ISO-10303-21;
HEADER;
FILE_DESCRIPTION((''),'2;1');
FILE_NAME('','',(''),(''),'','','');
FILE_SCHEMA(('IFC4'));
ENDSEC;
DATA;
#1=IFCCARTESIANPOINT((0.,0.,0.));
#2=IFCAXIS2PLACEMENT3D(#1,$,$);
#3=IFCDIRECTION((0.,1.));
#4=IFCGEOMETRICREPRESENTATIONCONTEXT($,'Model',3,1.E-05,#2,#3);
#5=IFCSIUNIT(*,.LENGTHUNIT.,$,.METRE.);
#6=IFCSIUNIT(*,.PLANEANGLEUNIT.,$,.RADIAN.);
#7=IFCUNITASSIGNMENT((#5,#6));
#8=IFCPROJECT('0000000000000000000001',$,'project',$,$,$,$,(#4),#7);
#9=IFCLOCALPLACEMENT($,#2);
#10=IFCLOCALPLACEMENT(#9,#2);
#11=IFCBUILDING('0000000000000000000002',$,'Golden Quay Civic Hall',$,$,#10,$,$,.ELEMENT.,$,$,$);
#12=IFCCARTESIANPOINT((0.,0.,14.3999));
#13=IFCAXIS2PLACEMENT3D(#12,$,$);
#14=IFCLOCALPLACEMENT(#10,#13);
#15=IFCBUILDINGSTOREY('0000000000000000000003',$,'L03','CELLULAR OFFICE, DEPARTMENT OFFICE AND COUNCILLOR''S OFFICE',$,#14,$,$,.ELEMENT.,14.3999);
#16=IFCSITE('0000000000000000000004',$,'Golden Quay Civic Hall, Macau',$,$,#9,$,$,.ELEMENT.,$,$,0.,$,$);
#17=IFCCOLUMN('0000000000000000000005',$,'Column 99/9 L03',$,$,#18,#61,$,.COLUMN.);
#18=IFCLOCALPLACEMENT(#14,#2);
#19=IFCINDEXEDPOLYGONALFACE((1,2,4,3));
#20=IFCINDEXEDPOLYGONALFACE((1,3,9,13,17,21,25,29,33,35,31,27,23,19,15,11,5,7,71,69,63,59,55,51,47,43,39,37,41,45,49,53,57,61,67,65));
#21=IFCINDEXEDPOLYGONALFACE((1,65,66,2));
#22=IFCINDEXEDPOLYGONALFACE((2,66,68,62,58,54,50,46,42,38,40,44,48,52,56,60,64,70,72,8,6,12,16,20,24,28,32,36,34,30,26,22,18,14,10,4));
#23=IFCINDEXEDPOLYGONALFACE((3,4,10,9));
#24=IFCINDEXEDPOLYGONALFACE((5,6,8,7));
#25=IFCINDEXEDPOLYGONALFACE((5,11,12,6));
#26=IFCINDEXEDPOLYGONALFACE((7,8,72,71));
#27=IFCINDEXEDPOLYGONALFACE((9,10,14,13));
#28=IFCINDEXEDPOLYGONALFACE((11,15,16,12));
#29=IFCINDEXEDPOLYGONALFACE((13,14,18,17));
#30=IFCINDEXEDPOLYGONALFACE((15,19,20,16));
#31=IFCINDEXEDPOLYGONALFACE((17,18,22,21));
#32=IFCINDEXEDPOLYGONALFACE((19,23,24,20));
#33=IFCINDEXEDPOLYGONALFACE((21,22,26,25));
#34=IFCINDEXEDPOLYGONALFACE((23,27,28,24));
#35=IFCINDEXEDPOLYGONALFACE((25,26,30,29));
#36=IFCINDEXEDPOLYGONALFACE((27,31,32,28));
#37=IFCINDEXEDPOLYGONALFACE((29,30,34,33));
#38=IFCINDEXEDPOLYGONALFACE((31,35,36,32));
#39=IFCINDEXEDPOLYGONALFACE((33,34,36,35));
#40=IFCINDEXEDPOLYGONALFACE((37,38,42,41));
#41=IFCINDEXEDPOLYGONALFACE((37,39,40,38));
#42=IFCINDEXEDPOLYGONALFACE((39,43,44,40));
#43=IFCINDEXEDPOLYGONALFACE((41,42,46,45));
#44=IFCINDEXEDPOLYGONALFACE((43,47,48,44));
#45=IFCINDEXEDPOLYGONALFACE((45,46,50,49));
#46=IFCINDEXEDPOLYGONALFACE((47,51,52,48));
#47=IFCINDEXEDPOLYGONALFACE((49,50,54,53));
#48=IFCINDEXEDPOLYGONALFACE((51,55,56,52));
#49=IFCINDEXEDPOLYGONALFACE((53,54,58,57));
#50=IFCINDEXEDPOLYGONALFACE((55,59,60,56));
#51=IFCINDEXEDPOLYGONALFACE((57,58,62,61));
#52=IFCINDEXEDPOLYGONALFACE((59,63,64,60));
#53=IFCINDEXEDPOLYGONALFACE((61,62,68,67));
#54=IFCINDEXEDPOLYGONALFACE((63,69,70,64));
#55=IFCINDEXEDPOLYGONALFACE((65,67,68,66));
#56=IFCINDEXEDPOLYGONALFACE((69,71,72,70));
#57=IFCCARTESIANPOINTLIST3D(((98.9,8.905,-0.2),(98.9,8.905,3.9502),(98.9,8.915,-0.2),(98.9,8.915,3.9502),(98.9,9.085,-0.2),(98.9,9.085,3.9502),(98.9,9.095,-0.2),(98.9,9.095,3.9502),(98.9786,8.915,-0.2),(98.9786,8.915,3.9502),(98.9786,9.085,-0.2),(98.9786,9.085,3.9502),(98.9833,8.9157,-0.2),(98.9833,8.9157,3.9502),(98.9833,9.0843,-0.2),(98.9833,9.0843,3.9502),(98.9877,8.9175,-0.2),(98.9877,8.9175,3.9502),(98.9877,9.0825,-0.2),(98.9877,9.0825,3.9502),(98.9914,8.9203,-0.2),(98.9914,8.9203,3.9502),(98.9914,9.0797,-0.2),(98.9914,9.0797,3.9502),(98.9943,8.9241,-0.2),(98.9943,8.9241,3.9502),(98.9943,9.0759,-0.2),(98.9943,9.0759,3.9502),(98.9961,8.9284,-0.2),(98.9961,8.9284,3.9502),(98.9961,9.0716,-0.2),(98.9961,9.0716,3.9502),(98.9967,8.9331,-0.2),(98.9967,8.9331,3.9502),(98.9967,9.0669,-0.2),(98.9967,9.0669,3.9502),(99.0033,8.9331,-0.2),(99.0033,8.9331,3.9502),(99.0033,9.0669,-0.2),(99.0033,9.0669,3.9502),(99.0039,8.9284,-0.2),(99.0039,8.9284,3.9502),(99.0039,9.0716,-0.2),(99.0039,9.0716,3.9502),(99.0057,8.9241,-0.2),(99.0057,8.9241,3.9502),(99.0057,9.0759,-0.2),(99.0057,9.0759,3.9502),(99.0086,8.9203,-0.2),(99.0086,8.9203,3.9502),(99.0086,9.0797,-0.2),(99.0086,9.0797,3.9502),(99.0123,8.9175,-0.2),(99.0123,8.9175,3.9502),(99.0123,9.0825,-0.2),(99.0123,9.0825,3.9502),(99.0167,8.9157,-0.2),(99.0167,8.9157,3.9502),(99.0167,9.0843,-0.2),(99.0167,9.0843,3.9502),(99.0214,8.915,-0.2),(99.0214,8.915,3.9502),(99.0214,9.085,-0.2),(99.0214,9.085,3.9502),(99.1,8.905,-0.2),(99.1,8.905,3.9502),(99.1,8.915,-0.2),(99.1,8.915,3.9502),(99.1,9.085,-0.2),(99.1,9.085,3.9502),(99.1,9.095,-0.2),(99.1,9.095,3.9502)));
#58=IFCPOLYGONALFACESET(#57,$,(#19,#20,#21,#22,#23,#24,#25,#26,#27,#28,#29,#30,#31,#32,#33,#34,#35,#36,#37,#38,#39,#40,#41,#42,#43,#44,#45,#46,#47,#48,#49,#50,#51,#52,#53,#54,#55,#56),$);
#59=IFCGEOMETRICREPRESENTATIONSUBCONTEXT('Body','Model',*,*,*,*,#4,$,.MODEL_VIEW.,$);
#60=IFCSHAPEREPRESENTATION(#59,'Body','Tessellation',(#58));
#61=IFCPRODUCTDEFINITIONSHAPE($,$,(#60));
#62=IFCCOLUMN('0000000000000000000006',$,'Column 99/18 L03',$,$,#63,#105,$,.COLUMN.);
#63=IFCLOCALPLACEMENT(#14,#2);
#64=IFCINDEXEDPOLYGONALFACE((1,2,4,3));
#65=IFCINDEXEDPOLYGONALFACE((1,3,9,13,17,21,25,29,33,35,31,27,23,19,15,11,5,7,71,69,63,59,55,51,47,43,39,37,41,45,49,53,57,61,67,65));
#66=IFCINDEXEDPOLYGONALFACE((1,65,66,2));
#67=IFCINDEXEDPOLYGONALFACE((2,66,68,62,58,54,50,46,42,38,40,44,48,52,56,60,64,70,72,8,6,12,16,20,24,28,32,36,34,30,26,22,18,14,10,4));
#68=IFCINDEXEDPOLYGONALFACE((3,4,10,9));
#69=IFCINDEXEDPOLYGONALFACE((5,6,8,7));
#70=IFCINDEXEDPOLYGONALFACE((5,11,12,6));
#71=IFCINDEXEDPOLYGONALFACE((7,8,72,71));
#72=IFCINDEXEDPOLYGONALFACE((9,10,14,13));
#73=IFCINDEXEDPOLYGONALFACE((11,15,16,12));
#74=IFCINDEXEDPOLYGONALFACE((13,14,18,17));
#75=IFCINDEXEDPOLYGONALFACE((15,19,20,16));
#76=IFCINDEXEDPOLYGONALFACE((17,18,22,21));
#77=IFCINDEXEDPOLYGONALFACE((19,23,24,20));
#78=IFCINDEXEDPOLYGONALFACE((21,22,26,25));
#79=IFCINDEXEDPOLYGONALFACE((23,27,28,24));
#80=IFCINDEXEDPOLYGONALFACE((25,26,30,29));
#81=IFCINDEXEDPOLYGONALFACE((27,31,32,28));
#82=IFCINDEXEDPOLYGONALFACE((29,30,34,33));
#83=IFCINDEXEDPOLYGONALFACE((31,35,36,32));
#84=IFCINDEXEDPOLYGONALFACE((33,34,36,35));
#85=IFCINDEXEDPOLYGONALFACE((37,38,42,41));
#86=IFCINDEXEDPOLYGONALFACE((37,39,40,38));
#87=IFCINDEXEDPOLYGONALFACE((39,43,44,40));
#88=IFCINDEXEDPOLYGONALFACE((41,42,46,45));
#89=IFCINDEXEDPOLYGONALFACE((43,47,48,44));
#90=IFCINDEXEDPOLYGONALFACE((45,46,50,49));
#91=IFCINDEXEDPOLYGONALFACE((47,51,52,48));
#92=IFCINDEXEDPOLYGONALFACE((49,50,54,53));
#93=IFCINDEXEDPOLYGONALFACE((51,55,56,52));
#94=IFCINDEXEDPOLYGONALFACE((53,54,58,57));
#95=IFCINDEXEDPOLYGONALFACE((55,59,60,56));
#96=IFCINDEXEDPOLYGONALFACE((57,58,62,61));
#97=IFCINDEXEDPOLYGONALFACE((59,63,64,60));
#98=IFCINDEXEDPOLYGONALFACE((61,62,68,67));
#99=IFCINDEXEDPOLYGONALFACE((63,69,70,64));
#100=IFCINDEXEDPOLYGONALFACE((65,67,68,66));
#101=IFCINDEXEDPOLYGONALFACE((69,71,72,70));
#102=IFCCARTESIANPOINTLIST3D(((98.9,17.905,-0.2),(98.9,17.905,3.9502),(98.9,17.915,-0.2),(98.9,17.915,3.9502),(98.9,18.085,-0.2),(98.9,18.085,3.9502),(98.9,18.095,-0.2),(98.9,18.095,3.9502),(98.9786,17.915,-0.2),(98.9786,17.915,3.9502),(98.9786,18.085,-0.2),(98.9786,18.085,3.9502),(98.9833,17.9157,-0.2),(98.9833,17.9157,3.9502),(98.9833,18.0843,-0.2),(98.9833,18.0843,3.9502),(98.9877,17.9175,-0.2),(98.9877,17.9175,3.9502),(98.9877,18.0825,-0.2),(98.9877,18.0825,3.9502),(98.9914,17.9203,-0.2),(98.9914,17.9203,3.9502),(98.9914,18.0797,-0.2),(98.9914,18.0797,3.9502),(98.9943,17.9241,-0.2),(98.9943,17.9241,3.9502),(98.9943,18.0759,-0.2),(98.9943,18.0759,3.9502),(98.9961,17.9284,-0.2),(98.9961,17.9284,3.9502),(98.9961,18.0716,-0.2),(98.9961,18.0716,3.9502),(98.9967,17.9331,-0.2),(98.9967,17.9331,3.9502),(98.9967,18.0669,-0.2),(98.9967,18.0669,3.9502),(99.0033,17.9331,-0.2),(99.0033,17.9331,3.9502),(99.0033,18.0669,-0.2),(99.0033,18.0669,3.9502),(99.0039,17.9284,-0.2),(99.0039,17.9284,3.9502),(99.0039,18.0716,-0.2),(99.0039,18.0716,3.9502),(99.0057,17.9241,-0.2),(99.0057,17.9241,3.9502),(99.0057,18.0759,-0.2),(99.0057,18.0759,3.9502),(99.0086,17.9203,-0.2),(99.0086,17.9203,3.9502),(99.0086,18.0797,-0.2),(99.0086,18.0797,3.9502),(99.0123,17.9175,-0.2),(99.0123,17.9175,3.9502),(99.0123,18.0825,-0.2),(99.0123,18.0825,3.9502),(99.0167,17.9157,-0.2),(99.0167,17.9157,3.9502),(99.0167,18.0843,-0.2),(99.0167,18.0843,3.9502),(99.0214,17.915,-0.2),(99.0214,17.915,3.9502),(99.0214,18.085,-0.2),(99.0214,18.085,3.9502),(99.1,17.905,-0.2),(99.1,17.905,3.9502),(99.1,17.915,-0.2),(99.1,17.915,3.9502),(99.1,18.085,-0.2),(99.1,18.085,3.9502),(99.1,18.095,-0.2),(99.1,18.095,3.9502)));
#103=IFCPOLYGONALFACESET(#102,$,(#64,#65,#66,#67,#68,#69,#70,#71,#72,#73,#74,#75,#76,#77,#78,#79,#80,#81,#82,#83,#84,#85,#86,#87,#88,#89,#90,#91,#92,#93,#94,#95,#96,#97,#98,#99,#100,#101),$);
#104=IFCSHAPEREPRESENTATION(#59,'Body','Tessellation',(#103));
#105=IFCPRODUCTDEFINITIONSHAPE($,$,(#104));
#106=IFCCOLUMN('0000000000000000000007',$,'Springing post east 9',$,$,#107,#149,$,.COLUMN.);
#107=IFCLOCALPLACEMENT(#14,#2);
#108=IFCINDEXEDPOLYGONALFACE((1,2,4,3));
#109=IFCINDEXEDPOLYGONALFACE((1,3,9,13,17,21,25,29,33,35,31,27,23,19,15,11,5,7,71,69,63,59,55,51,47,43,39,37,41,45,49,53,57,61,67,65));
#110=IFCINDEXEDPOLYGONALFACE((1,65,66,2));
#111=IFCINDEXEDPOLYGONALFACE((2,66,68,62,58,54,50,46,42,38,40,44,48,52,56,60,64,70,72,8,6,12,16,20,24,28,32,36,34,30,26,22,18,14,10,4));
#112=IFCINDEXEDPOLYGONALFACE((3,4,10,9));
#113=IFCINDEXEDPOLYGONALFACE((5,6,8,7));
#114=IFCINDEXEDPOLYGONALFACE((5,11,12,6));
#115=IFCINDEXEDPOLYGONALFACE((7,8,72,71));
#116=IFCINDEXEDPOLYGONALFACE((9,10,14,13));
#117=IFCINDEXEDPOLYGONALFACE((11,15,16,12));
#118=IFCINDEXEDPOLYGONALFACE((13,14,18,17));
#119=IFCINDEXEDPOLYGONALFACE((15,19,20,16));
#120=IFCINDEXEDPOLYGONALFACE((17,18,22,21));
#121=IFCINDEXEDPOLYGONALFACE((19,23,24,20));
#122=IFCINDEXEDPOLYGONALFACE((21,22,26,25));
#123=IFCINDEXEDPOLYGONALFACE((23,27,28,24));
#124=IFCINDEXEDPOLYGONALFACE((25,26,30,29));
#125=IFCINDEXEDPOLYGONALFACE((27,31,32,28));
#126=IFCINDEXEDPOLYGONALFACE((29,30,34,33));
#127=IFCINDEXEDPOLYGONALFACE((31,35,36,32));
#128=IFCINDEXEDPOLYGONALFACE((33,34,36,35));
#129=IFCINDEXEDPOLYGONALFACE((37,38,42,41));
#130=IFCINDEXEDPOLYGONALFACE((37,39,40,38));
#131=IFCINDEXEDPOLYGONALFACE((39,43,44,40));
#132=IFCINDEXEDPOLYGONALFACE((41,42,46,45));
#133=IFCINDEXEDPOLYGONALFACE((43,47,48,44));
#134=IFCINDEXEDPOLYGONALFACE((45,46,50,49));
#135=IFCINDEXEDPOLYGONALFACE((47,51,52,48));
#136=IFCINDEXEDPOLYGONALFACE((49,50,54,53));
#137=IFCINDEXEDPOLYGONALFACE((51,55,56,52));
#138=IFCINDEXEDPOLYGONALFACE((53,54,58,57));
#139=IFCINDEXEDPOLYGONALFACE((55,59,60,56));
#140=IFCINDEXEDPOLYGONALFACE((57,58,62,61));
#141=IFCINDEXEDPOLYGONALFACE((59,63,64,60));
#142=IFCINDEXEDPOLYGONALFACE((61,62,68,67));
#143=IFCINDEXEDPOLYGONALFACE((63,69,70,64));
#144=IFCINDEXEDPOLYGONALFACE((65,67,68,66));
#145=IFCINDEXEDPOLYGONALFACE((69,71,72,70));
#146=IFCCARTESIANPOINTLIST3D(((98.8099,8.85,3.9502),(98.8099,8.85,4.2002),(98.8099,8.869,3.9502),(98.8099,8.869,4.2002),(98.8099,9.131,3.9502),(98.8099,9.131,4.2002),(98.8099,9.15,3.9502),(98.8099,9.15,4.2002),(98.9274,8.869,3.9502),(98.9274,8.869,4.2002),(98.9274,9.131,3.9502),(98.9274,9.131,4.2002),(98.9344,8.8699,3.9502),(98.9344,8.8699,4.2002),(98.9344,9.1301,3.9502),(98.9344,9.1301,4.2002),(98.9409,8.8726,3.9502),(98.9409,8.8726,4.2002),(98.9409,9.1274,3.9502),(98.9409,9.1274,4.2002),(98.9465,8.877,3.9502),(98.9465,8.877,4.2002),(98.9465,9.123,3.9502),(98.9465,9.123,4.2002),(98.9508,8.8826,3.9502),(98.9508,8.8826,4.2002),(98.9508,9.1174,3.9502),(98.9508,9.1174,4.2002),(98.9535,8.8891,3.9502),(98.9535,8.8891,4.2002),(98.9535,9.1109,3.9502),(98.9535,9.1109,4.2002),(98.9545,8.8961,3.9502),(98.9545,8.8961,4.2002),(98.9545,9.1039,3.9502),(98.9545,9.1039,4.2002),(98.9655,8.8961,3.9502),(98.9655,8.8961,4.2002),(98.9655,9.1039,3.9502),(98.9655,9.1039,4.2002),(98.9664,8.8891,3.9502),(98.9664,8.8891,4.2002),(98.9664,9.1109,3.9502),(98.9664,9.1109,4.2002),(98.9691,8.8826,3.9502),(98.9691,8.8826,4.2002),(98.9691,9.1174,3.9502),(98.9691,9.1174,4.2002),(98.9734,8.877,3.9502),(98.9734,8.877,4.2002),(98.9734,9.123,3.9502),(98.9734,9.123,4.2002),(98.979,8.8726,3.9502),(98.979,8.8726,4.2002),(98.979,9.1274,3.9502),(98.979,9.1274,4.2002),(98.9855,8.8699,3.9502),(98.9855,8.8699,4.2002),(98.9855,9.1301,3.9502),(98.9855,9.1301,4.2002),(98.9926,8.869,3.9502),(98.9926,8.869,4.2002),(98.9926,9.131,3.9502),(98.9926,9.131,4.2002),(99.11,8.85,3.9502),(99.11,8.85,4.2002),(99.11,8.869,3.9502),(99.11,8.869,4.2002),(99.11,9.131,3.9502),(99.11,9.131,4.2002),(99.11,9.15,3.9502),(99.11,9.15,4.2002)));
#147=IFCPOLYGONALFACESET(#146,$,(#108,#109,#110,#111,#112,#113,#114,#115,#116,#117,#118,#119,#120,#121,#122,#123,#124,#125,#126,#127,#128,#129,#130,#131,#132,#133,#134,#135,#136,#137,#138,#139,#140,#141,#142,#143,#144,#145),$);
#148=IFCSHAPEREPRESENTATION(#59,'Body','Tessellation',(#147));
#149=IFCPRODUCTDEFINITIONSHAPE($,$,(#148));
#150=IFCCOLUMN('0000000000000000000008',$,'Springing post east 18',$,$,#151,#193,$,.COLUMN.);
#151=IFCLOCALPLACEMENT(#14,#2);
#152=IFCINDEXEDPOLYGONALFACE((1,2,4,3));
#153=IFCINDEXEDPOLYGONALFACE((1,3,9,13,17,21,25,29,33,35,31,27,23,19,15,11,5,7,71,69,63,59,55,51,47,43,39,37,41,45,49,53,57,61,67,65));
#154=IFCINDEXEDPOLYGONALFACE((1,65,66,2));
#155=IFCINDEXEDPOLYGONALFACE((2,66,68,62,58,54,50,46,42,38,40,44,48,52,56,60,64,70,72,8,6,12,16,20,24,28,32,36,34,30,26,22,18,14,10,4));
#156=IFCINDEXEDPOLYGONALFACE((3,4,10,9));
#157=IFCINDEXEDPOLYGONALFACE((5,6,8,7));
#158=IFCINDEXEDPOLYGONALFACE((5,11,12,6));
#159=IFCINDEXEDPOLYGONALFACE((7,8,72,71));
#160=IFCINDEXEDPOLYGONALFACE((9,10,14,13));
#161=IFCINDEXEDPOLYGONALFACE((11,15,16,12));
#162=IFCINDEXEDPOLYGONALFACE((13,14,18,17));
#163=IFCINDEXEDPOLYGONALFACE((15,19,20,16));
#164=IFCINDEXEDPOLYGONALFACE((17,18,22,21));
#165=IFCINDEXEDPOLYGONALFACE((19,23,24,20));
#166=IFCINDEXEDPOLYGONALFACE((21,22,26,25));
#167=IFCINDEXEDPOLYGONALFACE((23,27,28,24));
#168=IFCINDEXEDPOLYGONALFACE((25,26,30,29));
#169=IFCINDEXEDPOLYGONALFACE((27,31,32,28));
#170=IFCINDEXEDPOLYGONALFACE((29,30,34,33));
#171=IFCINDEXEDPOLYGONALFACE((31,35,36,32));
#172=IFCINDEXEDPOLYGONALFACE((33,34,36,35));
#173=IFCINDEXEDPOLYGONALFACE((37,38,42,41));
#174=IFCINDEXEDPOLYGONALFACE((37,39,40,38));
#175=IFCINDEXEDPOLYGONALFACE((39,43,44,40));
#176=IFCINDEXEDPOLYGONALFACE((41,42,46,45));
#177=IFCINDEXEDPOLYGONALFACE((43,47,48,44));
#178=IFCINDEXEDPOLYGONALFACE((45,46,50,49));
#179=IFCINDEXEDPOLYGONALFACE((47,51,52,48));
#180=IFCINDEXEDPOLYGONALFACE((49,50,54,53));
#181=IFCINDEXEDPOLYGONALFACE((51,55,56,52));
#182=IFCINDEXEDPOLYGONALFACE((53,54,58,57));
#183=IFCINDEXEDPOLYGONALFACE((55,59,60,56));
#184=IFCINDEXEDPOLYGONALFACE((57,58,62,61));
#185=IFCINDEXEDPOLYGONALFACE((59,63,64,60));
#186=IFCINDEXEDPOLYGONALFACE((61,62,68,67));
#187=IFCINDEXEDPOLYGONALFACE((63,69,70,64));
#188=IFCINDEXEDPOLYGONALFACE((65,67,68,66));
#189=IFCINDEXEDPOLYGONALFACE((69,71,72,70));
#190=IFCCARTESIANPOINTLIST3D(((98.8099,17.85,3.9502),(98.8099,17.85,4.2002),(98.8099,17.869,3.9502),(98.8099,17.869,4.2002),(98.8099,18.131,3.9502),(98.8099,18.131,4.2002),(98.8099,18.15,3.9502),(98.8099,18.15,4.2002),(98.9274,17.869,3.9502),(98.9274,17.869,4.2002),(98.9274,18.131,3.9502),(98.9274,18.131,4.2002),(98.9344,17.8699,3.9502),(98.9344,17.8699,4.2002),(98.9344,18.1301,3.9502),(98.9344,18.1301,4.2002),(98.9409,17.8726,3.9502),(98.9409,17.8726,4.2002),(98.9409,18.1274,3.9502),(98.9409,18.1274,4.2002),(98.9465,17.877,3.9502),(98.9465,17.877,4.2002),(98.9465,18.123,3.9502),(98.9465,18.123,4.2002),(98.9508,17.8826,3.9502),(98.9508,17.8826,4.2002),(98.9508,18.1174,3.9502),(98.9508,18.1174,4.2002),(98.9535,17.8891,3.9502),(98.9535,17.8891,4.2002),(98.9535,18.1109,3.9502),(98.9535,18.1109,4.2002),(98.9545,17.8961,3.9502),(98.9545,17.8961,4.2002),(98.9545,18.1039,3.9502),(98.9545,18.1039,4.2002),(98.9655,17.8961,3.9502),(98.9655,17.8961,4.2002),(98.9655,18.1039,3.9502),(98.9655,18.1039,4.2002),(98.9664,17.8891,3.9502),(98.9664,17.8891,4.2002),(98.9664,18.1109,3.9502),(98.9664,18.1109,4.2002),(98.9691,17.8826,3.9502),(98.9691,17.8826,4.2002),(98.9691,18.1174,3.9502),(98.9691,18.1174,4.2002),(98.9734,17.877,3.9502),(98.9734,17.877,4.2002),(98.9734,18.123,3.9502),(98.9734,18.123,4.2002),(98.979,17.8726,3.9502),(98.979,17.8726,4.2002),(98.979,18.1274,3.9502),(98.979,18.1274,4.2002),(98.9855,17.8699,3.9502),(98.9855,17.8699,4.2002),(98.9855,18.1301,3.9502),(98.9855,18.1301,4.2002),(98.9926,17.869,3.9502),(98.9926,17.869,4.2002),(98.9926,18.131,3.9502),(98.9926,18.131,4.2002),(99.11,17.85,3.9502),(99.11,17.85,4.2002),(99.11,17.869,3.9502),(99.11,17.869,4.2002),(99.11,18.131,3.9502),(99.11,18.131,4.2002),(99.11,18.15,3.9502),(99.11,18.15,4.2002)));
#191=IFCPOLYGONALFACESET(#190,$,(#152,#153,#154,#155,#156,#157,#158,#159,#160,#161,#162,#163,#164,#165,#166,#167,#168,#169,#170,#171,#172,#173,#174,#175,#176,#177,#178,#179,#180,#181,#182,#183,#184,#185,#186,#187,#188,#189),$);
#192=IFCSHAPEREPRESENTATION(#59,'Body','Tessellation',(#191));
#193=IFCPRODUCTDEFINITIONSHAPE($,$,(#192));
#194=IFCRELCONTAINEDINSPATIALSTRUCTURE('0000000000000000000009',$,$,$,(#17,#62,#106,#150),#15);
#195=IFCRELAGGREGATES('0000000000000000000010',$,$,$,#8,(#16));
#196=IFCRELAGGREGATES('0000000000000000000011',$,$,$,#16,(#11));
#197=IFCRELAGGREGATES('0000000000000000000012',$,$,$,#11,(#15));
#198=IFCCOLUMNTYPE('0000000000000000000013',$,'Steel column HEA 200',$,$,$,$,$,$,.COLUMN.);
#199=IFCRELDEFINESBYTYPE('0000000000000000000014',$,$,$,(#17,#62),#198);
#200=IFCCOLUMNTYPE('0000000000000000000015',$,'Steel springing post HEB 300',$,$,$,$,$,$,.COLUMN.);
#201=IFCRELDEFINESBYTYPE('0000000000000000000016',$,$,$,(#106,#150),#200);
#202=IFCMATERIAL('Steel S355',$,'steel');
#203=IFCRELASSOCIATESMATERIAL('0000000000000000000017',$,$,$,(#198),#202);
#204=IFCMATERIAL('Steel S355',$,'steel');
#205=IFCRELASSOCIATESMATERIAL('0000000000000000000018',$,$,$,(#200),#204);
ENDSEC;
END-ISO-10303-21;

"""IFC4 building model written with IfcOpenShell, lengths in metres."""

from ifc_helpers import new_model, si_unit, direction, frame, origin, origin_2d, place, context, subcontext, project, spatial, i_section, extrude, material, material_profile, profile_set, type_object, element, save


model = new_model("IFC4")

# Units and contexts
model_context = context("Model", 3, precision=1e-05, world=origin(), true_north=direction((0.0, 1.0)))
body_context = subcontext(model_context, "Body", "Model", "MODEL_VIEW")
ifc_project = project(units=[si_unit("LENGTHUNIT", "METRE"), si_unit("PLANEANGLEUNIT", "RADIAN")], contexts=[model_context])

# Site, building, storey
site_placement = place(None, origin())
site = spatial("IfcSite", under=ifc_project, at=site_placement, Name="Golden Quay Civic Hall, Macau", CompositionType="ELEMENT", RefElevation=0.0)
building_placement = place(site_placement, origin())
building = spatial("IfcBuilding", under=site, at=building_placement, Name="Golden Quay Civic Hall", CompositionType="ELEMENT")
storey_placement = place(building_placement, frame((0.0, 0.0, 14.3999)))
storey = spatial("IfcBuildingStorey", under=building, at=storey_placement, Name="L03", Description="CELLULAR OFFICE, DEPARTMENT OFFICE AND COUNCILLOR'S OFFICE", CompositionType="ELEMENT", Elevation=14.3999)

# Columns
ifc_material_1 = material(Name="Steel S355", Category="steel")
ifc_material_profile_1 = material_profile(ifc_material_1, i_section(OverallWidth=0.2, OverallDepth=0.1899, WebThickness=0.0066, FlangeThickness=0.01, FilletRadius=0.0181, at=origin_2d()), Name="HEA 200")
ifc_profile_set_1 = profile_set([ifc_material_profile_1], Name="Steel S355")
column_type_1 = type_object("IfcColumnType", Name="Steel column HEA 200", PredefinedType="COLUMN", material=ifc_profile_set_1)
for number, where, z_axis, x_axis, name in (
    (1, (99.0, 9.0, -0.2), (0.0, 0.0, 1.0), (1.0, 0.0, 0.0), "Column 99/9 L03"),
    (2, (99.0, 18.0, -0.2), (0.0, 0.0, 1.0), (1.0, 0.0, 0.0), "Column 99/18 L03"),
):
    element("IfcColumn", number, at=place(storey_placement, frame(where, z_axis=z_axis, x_axis=x_axis)), inside=storey, type_object=column_type_1, Name=name, PredefinedType="COLUMN", context=body_context, shape_type="SweptSolid", body=[
        extrude(i_section(OverallWidth=0.2, OverallDepth=0.1899, WebThickness=0.0066, FlangeThickness=0.01, FilletRadius=0.0181, at=origin_2d()), origin(), (0.0, 0.0, 1.0), 4.1501),
    ])
ifc_material_2 = material(Name="Steel S355", Category="steel")
ifc_material_profile_2 = material_profile(ifc_material_2, i_section(OverallWidth=0.3, OverallDepth=0.3, WebThickness=0.011, FlangeThickness=0.019, FilletRadius=0.0271, at=origin_2d()), Name="HEB 300")
ifc_profile_set_2 = profile_set([ifc_material_profile_2], Name="Steel S355")
column_type_2 = type_object("IfcColumnType", Name="Steel springing post HEB 300", PredefinedType="COLUMN", material=ifc_profile_set_2)
for number, where, z_axis, x_axis, name in (
    (3, (98.96, 9.0, 3.9502), (0.0, 0.0, 1.0), (1.0, 0.0, 0.0), "Springing post east 9"),
    (4, (98.96, 18.0, 3.9502), (0.0, 0.0, 1.0), (1.0, 0.0, 0.0), "Springing post east 18"),
):
    element("IfcColumn", number, at=place(storey_placement, frame(where, z_axis=z_axis, x_axis=x_axis)), inside=storey, type_object=column_type_2, Name=name, PredefinedType="COLUMN", context=body_context, shape_type="SweptSolid", body=[
        extrude(i_section(OverallWidth=0.3, OverallDepth=0.3, WebThickness=0.011, FlangeThickness=0.019, FilletRadius=0.0271, at=origin_2d()), origin(), (0.0, 0.0, 1.0), 0.25),
    ])

save(model, "model.ifc")
